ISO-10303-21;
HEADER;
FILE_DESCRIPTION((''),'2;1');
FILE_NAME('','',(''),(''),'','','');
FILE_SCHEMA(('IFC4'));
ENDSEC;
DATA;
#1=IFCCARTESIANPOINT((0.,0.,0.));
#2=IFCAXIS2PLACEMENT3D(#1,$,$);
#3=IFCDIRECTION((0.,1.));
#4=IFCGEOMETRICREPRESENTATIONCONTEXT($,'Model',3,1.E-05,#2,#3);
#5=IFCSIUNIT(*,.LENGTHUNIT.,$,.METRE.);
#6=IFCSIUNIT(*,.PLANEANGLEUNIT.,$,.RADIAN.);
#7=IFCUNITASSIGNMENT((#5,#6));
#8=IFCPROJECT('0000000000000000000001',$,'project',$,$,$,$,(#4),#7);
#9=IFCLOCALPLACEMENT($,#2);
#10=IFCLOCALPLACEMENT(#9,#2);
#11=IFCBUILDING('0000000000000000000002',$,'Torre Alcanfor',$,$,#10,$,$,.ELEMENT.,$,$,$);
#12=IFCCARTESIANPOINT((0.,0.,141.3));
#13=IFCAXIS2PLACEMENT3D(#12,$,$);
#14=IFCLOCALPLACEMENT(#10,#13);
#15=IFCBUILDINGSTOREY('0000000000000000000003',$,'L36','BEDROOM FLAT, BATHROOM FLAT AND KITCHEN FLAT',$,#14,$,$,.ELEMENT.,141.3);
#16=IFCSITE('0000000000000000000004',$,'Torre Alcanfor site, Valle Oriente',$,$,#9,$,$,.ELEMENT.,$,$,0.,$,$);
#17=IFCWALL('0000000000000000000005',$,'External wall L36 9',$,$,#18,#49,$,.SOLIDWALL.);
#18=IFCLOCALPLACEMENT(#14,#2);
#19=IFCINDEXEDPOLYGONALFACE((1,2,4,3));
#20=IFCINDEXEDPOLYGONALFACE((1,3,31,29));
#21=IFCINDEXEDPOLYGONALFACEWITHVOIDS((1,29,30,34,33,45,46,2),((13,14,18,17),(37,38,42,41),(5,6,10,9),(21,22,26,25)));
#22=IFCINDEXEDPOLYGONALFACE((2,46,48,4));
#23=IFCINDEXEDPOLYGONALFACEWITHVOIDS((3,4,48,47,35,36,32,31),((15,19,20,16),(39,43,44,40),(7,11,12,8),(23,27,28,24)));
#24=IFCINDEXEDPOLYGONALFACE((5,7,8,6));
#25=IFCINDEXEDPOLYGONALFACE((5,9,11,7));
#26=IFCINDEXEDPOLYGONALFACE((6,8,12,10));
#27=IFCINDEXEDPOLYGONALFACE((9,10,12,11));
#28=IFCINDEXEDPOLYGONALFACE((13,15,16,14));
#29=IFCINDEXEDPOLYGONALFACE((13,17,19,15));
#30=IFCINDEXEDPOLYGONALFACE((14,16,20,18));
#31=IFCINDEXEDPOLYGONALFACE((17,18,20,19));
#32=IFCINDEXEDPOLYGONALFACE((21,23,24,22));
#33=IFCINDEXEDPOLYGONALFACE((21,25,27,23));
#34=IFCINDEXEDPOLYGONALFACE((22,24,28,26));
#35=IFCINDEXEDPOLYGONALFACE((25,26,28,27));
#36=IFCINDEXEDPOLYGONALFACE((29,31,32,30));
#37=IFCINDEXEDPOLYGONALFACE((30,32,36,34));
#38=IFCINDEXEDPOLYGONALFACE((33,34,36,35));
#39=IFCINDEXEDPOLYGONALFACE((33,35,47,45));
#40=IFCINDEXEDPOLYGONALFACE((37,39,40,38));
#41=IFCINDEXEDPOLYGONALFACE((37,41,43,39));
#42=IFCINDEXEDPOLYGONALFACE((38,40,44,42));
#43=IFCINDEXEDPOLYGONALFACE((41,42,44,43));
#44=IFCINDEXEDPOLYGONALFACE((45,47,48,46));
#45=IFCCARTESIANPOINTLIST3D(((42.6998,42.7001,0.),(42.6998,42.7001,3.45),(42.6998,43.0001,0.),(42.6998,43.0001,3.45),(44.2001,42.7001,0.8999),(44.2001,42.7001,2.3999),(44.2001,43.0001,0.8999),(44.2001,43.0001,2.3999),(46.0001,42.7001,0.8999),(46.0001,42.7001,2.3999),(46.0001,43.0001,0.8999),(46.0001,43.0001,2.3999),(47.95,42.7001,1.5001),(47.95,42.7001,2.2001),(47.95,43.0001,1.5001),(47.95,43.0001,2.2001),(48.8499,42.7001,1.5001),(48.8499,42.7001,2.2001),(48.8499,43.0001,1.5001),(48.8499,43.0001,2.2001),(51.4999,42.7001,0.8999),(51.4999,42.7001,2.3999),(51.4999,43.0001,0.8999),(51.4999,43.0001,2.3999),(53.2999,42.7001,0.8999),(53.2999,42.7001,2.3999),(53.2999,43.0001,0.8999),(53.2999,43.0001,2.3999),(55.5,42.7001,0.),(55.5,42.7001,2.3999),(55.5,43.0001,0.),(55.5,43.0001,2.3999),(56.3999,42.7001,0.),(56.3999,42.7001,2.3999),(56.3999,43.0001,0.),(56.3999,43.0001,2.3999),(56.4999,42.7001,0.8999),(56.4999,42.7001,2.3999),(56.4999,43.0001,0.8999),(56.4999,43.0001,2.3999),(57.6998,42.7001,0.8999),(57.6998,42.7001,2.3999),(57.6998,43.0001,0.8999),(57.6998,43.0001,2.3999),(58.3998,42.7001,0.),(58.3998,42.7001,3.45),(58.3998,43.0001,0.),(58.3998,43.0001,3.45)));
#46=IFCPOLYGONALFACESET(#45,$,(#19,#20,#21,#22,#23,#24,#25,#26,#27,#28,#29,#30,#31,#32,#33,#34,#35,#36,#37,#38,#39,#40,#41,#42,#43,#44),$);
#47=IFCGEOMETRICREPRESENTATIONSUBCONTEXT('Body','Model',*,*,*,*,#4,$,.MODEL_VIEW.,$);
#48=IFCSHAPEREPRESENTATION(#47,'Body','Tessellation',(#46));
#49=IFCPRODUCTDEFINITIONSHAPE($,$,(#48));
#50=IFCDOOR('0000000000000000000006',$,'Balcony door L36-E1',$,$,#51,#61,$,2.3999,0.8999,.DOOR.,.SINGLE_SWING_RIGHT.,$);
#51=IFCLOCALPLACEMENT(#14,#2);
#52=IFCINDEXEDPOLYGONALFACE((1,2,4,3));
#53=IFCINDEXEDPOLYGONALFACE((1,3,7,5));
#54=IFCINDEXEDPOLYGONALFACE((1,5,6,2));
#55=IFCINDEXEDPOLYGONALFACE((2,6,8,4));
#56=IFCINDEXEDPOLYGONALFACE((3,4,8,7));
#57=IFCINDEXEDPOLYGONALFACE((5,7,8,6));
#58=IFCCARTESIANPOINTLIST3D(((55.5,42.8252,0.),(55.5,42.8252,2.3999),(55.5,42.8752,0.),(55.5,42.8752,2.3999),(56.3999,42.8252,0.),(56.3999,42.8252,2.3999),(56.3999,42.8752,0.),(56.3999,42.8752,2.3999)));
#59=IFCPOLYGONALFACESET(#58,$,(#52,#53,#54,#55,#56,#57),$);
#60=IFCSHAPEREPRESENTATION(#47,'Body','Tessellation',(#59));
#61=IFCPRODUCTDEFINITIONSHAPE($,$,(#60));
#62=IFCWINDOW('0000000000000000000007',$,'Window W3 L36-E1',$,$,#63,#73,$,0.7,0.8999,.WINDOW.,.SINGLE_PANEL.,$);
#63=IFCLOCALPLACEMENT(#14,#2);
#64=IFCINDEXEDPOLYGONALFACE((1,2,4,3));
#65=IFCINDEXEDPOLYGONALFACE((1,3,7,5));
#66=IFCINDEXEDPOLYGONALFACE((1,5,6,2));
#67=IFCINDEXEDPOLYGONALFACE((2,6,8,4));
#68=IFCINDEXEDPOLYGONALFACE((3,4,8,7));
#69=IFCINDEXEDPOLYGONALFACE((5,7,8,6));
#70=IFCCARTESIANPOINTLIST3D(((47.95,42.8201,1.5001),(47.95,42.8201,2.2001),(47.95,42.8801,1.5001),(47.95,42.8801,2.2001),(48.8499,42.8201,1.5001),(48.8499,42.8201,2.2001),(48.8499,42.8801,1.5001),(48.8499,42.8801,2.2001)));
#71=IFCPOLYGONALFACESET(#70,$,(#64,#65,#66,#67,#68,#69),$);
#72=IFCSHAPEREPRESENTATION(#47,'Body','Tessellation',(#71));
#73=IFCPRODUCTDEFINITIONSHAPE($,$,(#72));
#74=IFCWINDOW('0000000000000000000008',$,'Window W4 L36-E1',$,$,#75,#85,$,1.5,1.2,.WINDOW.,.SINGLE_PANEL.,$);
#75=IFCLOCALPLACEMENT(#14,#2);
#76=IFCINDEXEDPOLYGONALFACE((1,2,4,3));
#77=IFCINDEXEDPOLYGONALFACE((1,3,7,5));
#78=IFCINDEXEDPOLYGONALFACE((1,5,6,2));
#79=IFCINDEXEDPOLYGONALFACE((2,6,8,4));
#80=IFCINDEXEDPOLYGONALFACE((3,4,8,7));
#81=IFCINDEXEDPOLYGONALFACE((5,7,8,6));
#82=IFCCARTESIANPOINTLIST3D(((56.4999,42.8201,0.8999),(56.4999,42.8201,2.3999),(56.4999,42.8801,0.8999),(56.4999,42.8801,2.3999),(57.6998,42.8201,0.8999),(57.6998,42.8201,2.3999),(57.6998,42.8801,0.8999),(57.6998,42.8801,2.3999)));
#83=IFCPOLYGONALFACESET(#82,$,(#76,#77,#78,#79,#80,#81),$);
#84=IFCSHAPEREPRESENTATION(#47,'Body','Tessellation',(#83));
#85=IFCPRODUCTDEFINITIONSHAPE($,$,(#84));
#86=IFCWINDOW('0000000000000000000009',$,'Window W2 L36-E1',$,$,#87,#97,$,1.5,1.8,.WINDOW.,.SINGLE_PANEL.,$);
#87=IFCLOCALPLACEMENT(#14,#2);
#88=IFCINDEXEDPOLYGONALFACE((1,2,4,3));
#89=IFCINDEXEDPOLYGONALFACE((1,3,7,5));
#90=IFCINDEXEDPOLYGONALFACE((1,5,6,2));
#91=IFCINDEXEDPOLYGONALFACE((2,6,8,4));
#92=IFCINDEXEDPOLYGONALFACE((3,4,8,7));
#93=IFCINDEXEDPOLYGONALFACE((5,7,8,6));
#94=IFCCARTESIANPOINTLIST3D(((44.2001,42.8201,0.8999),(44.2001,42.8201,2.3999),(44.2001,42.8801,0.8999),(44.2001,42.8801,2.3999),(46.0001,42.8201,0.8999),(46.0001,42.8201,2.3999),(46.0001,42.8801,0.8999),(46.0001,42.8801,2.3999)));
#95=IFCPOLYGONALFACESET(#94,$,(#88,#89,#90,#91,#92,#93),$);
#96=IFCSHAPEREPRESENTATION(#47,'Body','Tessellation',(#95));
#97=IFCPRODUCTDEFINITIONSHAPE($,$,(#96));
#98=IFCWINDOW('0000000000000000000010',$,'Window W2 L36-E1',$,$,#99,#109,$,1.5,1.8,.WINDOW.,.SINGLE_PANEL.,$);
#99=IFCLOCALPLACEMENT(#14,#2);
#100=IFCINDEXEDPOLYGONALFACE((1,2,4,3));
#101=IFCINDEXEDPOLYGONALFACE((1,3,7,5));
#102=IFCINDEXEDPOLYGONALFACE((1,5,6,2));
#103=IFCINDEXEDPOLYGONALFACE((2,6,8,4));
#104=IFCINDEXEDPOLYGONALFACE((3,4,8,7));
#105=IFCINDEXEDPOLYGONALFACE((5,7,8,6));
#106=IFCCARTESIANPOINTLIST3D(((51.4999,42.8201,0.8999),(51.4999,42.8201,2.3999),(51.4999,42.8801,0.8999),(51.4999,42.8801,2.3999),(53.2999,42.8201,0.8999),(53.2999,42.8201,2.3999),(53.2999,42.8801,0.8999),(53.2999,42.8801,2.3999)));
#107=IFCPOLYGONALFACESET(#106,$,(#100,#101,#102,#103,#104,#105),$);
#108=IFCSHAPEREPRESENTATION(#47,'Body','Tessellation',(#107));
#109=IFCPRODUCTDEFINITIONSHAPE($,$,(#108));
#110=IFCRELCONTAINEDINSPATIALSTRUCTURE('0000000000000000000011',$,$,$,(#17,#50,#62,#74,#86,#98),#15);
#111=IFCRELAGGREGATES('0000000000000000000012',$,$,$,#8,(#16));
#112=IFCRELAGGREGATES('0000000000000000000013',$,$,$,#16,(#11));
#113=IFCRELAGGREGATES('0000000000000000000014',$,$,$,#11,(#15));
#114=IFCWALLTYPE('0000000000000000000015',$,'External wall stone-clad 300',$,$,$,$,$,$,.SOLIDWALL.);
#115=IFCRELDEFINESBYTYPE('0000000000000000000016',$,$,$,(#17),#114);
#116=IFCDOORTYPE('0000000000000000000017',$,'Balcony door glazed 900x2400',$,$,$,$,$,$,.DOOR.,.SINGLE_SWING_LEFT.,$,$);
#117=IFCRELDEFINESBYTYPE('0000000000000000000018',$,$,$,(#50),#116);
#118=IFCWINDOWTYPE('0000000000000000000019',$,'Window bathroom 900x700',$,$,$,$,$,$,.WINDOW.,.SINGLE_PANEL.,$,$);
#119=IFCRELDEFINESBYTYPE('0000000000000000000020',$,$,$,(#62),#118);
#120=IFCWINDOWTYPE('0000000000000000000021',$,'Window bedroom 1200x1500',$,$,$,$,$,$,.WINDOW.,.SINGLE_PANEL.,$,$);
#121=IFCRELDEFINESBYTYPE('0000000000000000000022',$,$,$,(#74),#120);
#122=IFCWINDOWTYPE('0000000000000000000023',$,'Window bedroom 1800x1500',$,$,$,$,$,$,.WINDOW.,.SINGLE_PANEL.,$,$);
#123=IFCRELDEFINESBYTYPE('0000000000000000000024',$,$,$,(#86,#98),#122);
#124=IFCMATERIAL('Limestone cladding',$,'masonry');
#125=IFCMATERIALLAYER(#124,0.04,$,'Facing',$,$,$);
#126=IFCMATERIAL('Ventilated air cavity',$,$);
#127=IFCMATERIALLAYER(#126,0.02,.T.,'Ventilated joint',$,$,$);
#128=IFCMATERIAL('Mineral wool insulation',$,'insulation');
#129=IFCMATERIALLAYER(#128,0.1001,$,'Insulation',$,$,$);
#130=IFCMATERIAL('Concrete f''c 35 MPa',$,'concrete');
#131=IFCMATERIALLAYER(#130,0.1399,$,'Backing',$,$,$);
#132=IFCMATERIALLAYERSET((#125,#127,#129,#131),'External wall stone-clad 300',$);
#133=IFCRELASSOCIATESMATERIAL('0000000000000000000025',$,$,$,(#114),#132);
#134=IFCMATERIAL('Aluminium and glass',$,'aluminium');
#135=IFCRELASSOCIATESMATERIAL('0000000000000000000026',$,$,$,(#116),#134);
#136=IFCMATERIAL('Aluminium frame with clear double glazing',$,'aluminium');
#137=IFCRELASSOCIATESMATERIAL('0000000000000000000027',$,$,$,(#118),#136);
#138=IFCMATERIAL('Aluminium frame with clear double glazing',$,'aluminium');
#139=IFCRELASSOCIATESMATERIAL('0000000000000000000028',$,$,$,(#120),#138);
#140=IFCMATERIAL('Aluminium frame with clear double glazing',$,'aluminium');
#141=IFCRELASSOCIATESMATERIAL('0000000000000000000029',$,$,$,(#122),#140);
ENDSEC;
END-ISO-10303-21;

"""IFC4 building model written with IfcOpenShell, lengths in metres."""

from ifc_helpers import new_model, si_unit, direction, frame, frame_2d, origin, place, context, subcontext, project, spatial, rectangle, extrude, material, layer, layer_set, type_object, element, fill, save


model = new_model("IFC4")

# Units and contexts
model_context = context("Model", 3, precision=1e-05, world=origin(), true_north=direction((0.0, 1.0)))
body_context = subcontext(model_context, "Body", "Model", "MODEL_VIEW")
ifc_project = project(units=[si_unit("LENGTHUNIT", "METRE"), si_unit("PLANEANGLEUNIT", "RADIAN")], contexts=[model_context])

# Site, building, storey
site_placement = place(None, origin())
site = spatial("IfcSite", under=ifc_project, at=site_placement, Name="Torre Alcanfor site, Valle Oriente", CompositionType="ELEMENT", RefElevation=0.0)
building_placement = place(site_placement, origin())
building = spatial("IfcBuilding", under=site, at=building_placement, Name="Torre Alcanfor", CompositionType="ELEMENT")
storey_placement = place(building_placement, frame((0.0, 0.0, 141.3)))
storey = spatial("IfcBuildingStorey", under=building, at=storey_placement, Name="L36", Description="BEDROOM FLAT, BATHROOM FLAT AND KITCHEN FLAT", CompositionType="ELEMENT", Elevation=141.3)

# Wall, openings, door, windows
ifc_material_1 = material(Name="Limestone cladding", Category="masonry")
ifc_layer_1 = layer(ifc_material_1, 0.04, Name="Facing")
ifc_material_2 = material(Name="Ventilated air cavity")
ifc_layer_2 = layer(ifc_material_2, 0.02, ventilated=True, Name="Ventilated joint")
ifc_material_3 = material(Name="Mineral wool insulation", Category="insulation")
ifc_layer_3 = layer(ifc_material_3, 0.1001, Name="Insulation")
ifc_material_4 = material(Name="Concrete f'c 35 MPa", Category="concrete")
ifc_layer_4 = layer(ifc_material_4, 0.1399, Name="Backing")
ifc_layer_set_1 = layer_set([ifc_layer_1, ifc_layer_2, ifc_layer_3, ifc_layer_4], Name="External wall stone-clad 300")
wall_type_1 = type_object("IfcWallType", Name="External wall stone-clad 300", PredefinedType="SOLIDWALL", material=ifc_layer_set_1)
wall_1_placement = place(storey_placement, frame((58.3999, 42.8501, 0.0), z_axis=(0.0, 0.0, 1.0), x_axis=(-1.0, 0.0, 0.0)))
wall_1 = element("IfcWall", 1, at=wall_1_placement, inside=storey, type_object=wall_type_1, Name="External wall L36 9", PredefinedType="SOLIDWALL", context=body_context, shape_type="SweptSolid", body=[
    extrude(rectangle(XDim=15.7, YDim=0.3, at=frame_2d((7.8501, 0.0))), origin(), (0.0, 0.0, 1.0), 3.45),
])
opening_1_placement = place(wall_1_placement, frame((12.3999, 0.0, 0.8999)))
opening_1 = element("IfcOpeningElement", 2, at=opening_1_placement, cuts=wall_1, PredefinedType="OPENING", context=body_context, shape_type="SweptSolid", body=[
    extrude(rectangle(XDim=1.8, YDim=1.5, at=frame_2d((0.8999, 0.75))), frame((0.0, 0.1599, 0.0), z_axis=(0.0, -1.0, 0.0), x_axis=(1.0, 0.0, 0.0)), (0.0, 0.0, 1.0), 0.3201),
])
opening_2_placement = place(wall_1_placement, frame((9.55, 0.0, 1.5)))
opening_2 = element("IfcOpeningElement", 3, at=opening_2_placement, cuts=wall_1, PredefinedType="OPENING", context=body_context, shape_type="SweptSolid", body=[
    extrude(rectangle(XDim=0.8999, YDim=0.7, at=frame_2d((0.45, 0.3501))), frame((0.0, 0.1599, 0.0), z_axis=(0.0, -1.0, 0.0), x_axis=(1.0, 0.0, 0.0)), (0.0, 0.0, 1.0), 0.3201),
])
opening_3_placement = place(wall_1_placement, frame((5.1001, 0.0, 0.8999)))
opening_3 = element("IfcOpeningElement", 4, at=opening_3_placement, cuts=wall_1, PredefinedType="OPENING", context=body_context, shape_type="SweptSolid", body=[
    extrude(rectangle(XDim=1.8, YDim=1.5, at=frame_2d((0.8999, 0.75))), frame((0.0, 0.1599, 0.0), z_axis=(0.0, -1.0, 0.0), x_axis=(1.0, 0.0, 0.0)), (0.0, 0.0, 1.0), 0.3201),
])
opening_4_placement = place(wall_1_placement, frame((2.0, 0.0, 0.0)))
opening_4 = element("IfcOpeningElement", 5, at=opening_4_placement, cuts=wall_1, PredefinedType="OPENING", context=body_context, shape_type="SweptSolid", body=[
    extrude(rectangle(XDim=0.8999, YDim=2.3999, at=frame_2d((0.45, 1.2))), frame((0.0, 0.1599, 0.0), z_axis=(0.0, -1.0, 0.0), x_axis=(1.0, 0.0, 0.0)), (0.0, 0.0, 1.0), 0.3201),
])
opening_5_placement = place(wall_1_placement, frame((0.7, 0.0, 0.8999)))
opening_5 = element("IfcOpeningElement", 6, at=opening_5_placement, cuts=wall_1, PredefinedType="OPENING", context=body_context, shape_type="SweptSolid", body=[
    extrude(rectangle(XDim=1.2, YDim=1.5, at=frame_2d((0.6001, 0.75))), frame((0.0, 0.1599, 0.0), z_axis=(0.0, -1.0, 0.0), x_axis=(1.0, 0.0, 0.0)), (0.0, 0.0, 1.0), 0.3201),
])
ifc_material_5 = material(Name="Aluminium and glass", Category="aluminium")
door_type_1 = type_object("IfcDoorType", Name="Balcony door glazed 900x2400", OperationType="SINGLE_SWING_LEFT", PredefinedType="DOOR", material=ifc_material_5)
door_1_placement = place(opening_4_placement, origin())
door_1 = element("IfcDoor", 7, at=door_1_placement, inside=storey, type_object=door_type_1, Name="Balcony door L36-E1", OperationType="SINGLE_SWING_RIGHT", OverallHeight=2.3999, OverallWidth=0.8999, PredefinedType="DOOR", context=body_context, shape_type="SweptSolid", body=[
    extrude(rectangle(XDim=0.8999, YDim=2.3999, at=frame_2d((0.45, 1.2))), frame((0.0, 0.0249, 0.0), z_axis=(0.0, -1.0, 0.0), x_axis=(1.0, 0.0, 0.0)), (0.0, 0.0, 1.0), 0.05),
])
fill(opening_4, door_1)
ifc_material_6 = material(Name="Aluminium frame with clear double glazing", Category="aluminium")
window_type_1 = type_object("IfcWindowType", Name="Window bathroom 900x700", PartitioningType="SINGLE_PANEL", PredefinedType="WINDOW", material=ifc_material_6)
window_1_placement = place(opening_2_placement, origin())
window_1 = element("IfcWindow", 8, at=window_1_placement, inside=storey, type_object=window_type_1, Name="Window W3 L36-E1", OverallHeight=0.7, OverallWidth=0.8999, PartitioningType="SINGLE_PANEL", PredefinedType="WINDOW", context=body_context, shape_type="SweptSolid", body=[
    extrude(rectangle(XDim=0.8999, YDim=0.7, at=frame_2d((0.45, 0.3501))), frame((0.0, 0.03, 0.0), z_axis=(0.0, -1.0, 0.0), x_axis=(1.0, 0.0, 0.0)), (0.0, 0.0, 1.0), 0.0601),
])
fill(opening_2, window_1)
ifc_material_7 = material(Name="Aluminium frame with clear double glazing", Category="aluminium")
window_type_2 = type_object("IfcWindowType", Name="Window bedroom 1200x1500", PartitioningType="SINGLE_PANEL", PredefinedType="WINDOW", material=ifc_material_7)
window_2_placement = place(opening_5_placement, origin())
window_2 = element("IfcWindow", 9, at=window_2_placement, inside=storey, type_object=window_type_2, Name="Window W4 L36-E1", OverallHeight=1.5, OverallWidth=1.2, PartitioningType="SINGLE_PANEL", PredefinedType="WINDOW", context=body_context, shape_type="SweptSolid", body=[
    extrude(rectangle(XDim=1.2, YDim=1.5, at=frame_2d((0.6001, 0.75))), frame((0.0, 0.03, 0.0), z_axis=(0.0, -1.0, 0.0), x_axis=(1.0, 0.0, 0.0)), (0.0, 0.0, 1.0), 0.0601),
])
fill(opening_5, window_2)
ifc_material_8 = material(Name="Aluminium frame with clear double glazing", Category="aluminium")
window_type_3 = type_object("IfcWindowType", Name="Window bedroom 1800x1500", PartitioningType="SINGLE_PANEL", PredefinedType="WINDOW", material=ifc_material_8)
window_3_placement = place(opening_1_placement, origin())
window_3 = element("IfcWindow", 10, at=window_3_placement, inside=storey, type_object=window_type_3, Name="Window W2 L36-E1", OverallHeight=1.5, OverallWidth=1.8, PartitioningType="SINGLE_PANEL", PredefinedType="WINDOW", context=body_context, shape_type="SweptSolid", body=[
    extrude(rectangle(XDim=1.8, YDim=1.5, at=frame_2d((0.8999, 0.75))), frame((0.0, 0.03, 0.0), z_axis=(0.0, -1.0, 0.0), x_axis=(1.0, 0.0, 0.0)), (0.0, 0.0, 1.0), 0.0601),
])
fill(opening_1, window_3)
window_4_placement = place(opening_3_placement, origin())
window_4 = element("IfcWindow", 11, at=window_4_placement, inside=storey, type_object=window_type_3, Name="Window W2 L36-E1", OverallHeight=1.5, OverallWidth=1.8, PartitioningType="SINGLE_PANEL", PredefinedType="WINDOW", context=body_context, shape_type="SweptSolid", body=[
    extrude(rectangle(XDim=1.8, YDim=1.5, at=frame_2d((0.8999, 0.75))), frame((0.0, 0.03, 0.0), z_axis=(0.0, -1.0, 0.0), x_axis=(1.0, 0.0, 0.0)), (0.0, 0.0, 1.0), 0.0601),
])
fill(opening_3, window_4)

save(model, "model.ifc")
